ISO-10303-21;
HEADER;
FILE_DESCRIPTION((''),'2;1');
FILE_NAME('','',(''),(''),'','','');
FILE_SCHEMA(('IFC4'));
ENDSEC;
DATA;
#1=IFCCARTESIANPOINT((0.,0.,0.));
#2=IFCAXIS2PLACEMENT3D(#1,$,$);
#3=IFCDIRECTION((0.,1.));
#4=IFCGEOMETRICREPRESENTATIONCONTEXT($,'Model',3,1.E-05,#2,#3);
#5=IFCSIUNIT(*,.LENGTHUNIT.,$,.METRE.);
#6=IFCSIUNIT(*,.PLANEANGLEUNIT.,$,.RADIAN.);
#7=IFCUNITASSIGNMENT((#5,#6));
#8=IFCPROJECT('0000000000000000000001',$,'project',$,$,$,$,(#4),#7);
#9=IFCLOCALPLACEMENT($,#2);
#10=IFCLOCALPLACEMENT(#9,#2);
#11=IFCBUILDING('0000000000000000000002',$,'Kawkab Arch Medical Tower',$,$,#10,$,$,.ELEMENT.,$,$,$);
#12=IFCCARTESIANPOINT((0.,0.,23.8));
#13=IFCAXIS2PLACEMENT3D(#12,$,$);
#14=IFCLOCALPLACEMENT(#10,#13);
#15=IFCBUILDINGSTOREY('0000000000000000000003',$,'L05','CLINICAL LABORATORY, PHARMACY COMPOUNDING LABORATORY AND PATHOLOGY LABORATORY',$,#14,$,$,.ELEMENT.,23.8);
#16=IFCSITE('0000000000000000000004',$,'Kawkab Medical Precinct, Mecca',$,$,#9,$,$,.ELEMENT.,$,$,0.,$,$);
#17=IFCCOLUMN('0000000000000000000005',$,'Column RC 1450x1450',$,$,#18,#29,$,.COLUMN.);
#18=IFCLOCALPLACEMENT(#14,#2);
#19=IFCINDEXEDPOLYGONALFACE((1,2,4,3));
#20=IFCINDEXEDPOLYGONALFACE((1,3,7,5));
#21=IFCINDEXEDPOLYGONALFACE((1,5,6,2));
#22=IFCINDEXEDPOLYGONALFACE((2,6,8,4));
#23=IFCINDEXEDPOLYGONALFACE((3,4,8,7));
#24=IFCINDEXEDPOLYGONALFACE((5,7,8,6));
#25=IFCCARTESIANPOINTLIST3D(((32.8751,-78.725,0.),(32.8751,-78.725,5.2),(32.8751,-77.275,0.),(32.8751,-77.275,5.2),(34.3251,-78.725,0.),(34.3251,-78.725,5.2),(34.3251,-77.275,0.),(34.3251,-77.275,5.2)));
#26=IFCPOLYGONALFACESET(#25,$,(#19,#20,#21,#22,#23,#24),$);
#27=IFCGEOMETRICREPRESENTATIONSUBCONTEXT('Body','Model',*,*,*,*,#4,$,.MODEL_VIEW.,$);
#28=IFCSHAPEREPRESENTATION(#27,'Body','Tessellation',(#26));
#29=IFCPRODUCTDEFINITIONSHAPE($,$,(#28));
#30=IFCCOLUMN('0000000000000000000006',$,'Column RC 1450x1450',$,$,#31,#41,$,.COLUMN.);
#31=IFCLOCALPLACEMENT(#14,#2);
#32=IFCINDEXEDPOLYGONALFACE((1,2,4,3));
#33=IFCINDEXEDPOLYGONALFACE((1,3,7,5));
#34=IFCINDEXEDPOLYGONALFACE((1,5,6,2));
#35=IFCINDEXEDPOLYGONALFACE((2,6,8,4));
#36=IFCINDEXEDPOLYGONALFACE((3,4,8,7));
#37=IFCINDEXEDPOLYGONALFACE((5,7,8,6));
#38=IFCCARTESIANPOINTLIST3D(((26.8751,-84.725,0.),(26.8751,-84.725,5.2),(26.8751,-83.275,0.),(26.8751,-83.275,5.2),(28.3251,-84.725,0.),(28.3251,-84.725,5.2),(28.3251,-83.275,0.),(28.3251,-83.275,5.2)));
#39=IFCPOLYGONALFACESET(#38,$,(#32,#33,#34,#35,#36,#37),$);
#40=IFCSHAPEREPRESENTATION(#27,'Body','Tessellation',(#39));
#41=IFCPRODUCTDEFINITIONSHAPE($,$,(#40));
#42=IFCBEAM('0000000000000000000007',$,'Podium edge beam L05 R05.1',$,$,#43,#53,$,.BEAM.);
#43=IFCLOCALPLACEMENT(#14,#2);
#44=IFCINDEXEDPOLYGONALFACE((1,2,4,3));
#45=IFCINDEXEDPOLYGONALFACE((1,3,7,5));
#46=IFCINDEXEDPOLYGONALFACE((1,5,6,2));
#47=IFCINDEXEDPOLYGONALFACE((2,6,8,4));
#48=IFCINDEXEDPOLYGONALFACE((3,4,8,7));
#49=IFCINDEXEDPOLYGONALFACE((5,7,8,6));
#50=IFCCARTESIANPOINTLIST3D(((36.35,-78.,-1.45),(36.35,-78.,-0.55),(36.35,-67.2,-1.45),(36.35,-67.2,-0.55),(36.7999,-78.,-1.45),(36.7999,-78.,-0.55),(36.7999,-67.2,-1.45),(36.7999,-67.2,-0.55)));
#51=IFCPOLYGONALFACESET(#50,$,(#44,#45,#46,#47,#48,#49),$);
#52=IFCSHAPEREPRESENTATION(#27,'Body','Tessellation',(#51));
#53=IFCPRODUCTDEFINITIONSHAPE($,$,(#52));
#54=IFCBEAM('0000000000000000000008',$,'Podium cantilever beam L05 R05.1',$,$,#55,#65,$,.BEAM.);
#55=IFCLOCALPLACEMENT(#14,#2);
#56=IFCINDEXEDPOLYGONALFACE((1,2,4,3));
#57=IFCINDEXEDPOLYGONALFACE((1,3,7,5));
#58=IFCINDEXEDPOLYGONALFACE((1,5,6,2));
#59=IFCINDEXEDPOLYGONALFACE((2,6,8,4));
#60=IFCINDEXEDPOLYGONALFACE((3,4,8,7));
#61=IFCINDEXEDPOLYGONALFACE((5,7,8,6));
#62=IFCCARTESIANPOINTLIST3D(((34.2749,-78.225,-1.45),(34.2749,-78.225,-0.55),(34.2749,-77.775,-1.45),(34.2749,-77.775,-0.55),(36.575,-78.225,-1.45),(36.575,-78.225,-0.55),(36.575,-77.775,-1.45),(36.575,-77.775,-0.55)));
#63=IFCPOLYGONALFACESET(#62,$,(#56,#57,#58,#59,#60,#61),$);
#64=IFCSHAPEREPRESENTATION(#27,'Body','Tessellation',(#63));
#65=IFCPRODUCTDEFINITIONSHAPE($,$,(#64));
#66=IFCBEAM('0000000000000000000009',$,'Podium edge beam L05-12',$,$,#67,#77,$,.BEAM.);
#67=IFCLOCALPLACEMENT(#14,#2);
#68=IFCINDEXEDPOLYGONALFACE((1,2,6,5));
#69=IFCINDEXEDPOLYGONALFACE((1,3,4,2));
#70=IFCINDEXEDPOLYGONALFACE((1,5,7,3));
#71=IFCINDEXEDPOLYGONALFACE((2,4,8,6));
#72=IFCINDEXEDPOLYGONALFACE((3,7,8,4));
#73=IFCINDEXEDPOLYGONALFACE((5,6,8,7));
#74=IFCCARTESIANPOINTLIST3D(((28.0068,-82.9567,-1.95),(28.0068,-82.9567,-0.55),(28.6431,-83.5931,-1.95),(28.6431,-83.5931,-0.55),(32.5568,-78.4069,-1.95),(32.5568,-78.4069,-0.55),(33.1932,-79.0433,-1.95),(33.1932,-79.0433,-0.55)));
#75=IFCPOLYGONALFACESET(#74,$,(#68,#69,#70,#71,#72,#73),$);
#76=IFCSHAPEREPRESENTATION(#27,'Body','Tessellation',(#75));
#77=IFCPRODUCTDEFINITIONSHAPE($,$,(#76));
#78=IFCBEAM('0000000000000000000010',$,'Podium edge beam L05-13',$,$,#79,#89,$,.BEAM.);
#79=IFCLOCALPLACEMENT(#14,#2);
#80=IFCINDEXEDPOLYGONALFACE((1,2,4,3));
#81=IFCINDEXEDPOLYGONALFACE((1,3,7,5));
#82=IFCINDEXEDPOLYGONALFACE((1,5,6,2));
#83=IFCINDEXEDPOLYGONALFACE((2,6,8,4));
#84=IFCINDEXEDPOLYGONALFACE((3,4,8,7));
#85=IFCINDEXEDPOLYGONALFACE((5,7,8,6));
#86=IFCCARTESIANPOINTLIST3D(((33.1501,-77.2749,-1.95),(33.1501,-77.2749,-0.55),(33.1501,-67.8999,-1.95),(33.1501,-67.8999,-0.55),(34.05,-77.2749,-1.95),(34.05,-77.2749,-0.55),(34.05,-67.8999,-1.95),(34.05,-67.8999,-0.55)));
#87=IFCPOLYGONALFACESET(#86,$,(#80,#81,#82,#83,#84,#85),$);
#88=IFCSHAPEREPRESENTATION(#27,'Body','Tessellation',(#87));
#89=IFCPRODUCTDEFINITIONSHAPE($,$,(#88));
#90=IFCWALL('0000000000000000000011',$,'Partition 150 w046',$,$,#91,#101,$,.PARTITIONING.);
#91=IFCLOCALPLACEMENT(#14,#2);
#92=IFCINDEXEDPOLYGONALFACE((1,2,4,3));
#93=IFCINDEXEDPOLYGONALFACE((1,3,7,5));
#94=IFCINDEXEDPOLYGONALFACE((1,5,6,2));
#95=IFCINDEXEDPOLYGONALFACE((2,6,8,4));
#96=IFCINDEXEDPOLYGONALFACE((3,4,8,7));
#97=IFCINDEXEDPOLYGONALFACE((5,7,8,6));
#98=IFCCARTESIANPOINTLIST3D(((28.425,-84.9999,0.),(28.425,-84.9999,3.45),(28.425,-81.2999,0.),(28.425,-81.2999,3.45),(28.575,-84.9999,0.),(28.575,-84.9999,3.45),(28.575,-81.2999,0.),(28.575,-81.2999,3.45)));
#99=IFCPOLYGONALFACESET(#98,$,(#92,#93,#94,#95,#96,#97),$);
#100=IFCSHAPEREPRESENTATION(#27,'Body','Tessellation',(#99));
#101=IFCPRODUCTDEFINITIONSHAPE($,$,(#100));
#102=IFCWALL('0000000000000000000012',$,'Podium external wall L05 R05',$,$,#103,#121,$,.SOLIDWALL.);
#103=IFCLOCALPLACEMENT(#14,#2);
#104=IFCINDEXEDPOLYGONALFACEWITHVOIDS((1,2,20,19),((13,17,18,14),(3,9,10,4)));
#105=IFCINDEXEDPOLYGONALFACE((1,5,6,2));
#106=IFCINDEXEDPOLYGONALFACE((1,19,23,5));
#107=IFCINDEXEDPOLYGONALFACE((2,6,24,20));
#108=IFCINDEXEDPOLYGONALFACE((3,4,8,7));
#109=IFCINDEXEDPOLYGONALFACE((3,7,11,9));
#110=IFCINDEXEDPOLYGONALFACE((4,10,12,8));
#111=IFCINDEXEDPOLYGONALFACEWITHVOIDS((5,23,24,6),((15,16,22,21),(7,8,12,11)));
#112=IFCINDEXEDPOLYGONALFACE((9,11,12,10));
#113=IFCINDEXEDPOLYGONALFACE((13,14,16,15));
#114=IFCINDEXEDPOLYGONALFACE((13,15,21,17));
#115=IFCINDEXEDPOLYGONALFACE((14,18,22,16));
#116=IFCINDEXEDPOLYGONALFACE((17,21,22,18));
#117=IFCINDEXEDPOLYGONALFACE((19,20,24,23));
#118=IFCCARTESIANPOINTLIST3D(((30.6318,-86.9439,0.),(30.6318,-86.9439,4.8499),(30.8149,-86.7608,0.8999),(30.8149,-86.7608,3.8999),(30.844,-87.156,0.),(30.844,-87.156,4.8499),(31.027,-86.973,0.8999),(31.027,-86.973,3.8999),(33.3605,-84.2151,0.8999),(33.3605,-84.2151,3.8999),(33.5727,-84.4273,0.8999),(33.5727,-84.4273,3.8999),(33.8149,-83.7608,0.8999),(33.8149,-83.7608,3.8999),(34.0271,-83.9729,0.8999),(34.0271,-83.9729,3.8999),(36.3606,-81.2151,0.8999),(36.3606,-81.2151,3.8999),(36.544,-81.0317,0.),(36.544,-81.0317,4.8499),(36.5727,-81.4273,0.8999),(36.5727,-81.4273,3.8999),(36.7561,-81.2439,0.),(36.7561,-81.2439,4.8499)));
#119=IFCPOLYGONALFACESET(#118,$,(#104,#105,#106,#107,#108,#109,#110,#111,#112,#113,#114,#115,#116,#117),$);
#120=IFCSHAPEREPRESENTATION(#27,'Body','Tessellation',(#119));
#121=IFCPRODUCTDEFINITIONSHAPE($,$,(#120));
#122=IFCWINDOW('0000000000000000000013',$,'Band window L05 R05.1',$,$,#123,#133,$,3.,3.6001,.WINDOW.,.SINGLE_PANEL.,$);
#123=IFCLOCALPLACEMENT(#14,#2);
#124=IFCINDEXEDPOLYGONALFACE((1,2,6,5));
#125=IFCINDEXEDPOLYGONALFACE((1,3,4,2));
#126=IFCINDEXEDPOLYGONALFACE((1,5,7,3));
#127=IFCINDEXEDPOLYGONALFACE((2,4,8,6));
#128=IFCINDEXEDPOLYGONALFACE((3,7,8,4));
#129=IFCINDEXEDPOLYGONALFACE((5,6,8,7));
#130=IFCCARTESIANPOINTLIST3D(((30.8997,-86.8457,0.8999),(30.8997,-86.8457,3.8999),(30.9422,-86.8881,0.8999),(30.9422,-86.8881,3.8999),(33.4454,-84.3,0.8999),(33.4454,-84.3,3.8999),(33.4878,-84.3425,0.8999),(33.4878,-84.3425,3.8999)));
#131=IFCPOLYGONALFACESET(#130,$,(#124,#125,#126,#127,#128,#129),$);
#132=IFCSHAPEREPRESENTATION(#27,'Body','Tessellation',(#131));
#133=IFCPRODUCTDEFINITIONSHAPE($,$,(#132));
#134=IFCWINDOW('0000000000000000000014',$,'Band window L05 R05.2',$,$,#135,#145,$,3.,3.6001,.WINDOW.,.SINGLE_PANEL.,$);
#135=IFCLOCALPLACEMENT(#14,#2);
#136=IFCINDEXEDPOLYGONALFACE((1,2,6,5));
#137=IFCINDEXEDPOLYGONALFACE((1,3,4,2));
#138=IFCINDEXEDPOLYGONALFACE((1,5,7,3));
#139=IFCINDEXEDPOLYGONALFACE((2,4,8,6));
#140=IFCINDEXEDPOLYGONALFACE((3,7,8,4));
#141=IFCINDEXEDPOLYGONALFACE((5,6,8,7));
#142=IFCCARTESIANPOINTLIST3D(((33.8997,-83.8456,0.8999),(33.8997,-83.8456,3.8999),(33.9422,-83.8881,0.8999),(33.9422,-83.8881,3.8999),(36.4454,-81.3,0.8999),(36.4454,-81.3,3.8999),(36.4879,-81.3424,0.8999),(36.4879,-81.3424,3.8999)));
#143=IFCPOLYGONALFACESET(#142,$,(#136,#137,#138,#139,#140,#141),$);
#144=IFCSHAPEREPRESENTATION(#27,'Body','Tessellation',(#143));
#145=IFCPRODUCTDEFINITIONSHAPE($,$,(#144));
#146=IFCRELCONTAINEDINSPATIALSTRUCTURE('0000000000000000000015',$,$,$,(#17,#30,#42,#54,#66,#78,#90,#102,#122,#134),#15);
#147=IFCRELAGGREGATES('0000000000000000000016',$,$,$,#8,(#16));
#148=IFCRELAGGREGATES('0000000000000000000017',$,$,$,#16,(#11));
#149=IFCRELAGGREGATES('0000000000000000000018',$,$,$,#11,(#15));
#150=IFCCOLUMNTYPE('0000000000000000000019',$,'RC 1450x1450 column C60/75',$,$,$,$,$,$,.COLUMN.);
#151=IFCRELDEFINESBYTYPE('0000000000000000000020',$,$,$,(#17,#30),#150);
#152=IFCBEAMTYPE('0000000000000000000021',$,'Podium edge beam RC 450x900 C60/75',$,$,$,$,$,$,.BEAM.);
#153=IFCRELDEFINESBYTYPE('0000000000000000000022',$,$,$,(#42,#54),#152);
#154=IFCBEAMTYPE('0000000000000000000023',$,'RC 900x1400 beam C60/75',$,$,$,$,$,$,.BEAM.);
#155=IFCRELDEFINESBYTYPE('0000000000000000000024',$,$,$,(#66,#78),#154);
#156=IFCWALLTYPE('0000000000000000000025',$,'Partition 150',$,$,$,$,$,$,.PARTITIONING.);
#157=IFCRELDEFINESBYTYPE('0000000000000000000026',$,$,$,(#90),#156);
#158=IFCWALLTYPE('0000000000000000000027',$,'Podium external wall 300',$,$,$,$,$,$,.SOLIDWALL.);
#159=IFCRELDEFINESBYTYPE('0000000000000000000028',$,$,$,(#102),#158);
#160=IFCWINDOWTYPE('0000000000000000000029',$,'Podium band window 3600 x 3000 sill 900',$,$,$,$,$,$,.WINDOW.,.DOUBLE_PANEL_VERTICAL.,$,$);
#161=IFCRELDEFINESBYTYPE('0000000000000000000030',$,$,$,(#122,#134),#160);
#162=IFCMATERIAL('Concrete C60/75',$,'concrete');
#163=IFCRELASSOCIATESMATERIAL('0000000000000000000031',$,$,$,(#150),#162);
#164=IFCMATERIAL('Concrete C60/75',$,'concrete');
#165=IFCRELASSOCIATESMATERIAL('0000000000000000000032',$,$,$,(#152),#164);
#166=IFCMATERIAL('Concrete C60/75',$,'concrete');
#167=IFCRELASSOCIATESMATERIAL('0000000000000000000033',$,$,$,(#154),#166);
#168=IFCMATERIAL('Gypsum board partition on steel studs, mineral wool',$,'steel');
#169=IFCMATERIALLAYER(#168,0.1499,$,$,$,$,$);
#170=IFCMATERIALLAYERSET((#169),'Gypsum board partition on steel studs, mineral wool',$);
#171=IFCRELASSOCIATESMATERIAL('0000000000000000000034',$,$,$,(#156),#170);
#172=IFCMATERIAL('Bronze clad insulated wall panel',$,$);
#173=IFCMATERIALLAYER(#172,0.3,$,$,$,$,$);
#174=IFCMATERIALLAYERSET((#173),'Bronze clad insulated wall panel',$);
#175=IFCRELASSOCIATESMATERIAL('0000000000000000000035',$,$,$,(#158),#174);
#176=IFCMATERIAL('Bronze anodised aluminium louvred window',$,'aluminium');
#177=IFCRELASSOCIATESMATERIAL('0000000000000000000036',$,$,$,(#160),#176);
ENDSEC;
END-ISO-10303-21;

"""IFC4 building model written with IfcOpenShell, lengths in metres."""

from ifc_helpers import new_model, si_unit, direction, frame, frame_2d, origin, origin_2d, place, context, subcontext, project, spatial, rectangle, extrude, material, layer, layer_set, material_profile, profile_set, type_object, element, fill, save


model = new_model("IFC4")

# Units and contexts
model_context = context("Model", 3, precision=1e-05, world=origin(), true_north=direction((0.0, 1.0)))
body_context = subcontext(model_context, "Body", "Model", "MODEL_VIEW")
ifc_project = project(units=[si_unit("LENGTHUNIT", "METRE"), si_unit("PLANEANGLEUNIT", "RADIAN")], contexts=[model_context])

# Site, building, storey
site_placement = place(None, origin())
site = spatial("IfcSite", under=ifc_project, at=site_placement, Name="Kawkab Medical Precinct, Mecca", CompositionType="ELEMENT", RefElevation=0.0)
building_placement = place(site_placement, origin())
building = spatial("IfcBuilding", under=site, at=building_placement, Name="Kawkab Arch Medical Tower", CompositionType="ELEMENT")
storey_placement = place(building_placement, frame((0.0, 0.0, 23.8)))
storey = spatial("IfcBuildingStorey", under=building, at=storey_placement, Name="L05", Description="CLINICAL LABORATORY, PHARMACY COMPOUNDING LABORATORY AND PATHOLOGY LABORATORY", CompositionType="ELEMENT", Elevation=23.8)

# Columns
ifc_material_1 = material(Name="Concrete C60/75", Category="concrete")
ifc_material_profile_1 = material_profile(ifc_material_1, rectangle(XDim=1.45, YDim=1.45, at=origin_2d()), Name="RC 1450x1450")
ifc_profile_set_1 = profile_set([ifc_material_profile_1], Name="Concrete C60/75")
column_type = type_object("IfcColumnType", Name="RC 1450x1450 column C60/75", PredefinedType="COLUMN", material=ifc_profile_set_1)
for number, where, z_axis, x_axis, name in (
    (1, (33.6001, -78.0, 0.0), (0.0, 0.0, 1.0), (1.0, 0.0, 0.0), "Column RC 1450x1450"),
    (2, (27.6001, -84.0, 0.0), (0.0, 0.0, 1.0), (1.0, 0.0, 0.0), "Column RC 1450x1450"),
):
    element("IfcColumn", number, at=place(storey_placement, frame(where, z_axis=z_axis, x_axis=x_axis)), inside=storey, type_object=column_type, Name=name, PredefinedType="COLUMN", context=body_context, shape_type="SweptSolid", body=[
        extrude(rectangle(XDim=1.45, YDim=1.45, at=origin_2d()), origin(), (0.0, 0.0, 1.0), 5.2),
    ])

# Beams
ifc_material_2 = material(Name="Concrete C60/75", Category="concrete")
ifc_material_profile_2 = material_profile(ifc_material_2, rectangle(XDim=0.45, YDim=0.8999, at=origin_2d()), Name="RC 450x900")
ifc_profile_set_2 = profile_set([ifc_material_profile_2], Name="Concrete C60/75")
beam_type_1 = type_object("IfcBeamType", Name="Podium edge beam RC 450x900 C60/75", PredefinedType="BEAM", material=ifc_profile_set_2)
beam_1_placement = place(storey_placement, frame((36.575, -78.0, -1.0), z_axis=(0.0, 1.0, 0.0), x_axis=(-1.0, 0.0, 0.0)))
element("IfcBeam", 3, at=beam_1_placement, inside=storey, type_object=beam_type_1, Name="Podium edge beam L05 R05.1", PredefinedType="BEAM", context=body_context, shape_type="SweptSolid", body=[
    extrude(rectangle(XDim=0.45, YDim=0.8999, at=origin_2d()), origin(), (0.0, 0.0, 1.0), 10.8),
])
beam_2_placement = place(storey_placement, frame((34.2749, -78.0, -1.0), z_axis=(1.0, 0.0, 0.0), x_axis=(0.0, 1.0, 0.0)))
element("IfcBeam", 4, at=beam_2_placement, inside=storey, type_object=beam_type_1, Name="Podium cantilever beam L05 R05.1", PredefinedType="BEAM", context=body_context, shape_type="SweptSolid", body=[
    extrude(rectangle(XDim=0.45, YDim=0.8999, at=origin_2d()), origin(), (0.0, 0.0, 1.0), 2.3),
])
ifc_material_3 = material(Name="Concrete C60/75", Category="concrete")
ifc_material_profile_3 = material_profile(ifc_material_3, rectangle(XDim=0.8999, YDim=1.3999, at=origin_2d()), Name="RC 900x1400")
ifc_profile_set_3 = profile_set([ifc_material_profile_3], Name="Concrete C60/75")
beam_type_2 = type_object("IfcBeamType", Name="RC 900x1400 beam C60/75", PredefinedType="BEAM", material=ifc_profile_set_3)
beam_3_placement = place(storey_placement, frame((28.325, -83.2749, -1.25), z_axis=(0.707126, 0.707088, 0.0), x_axis=(-0.707088, 0.707126, 0.0)))
element("IfcBeam", 5, at=beam_3_placement, inside=storey, type_object=beam_type_2, Name="Podium edge beam L05-12", PredefinedType="BEAM", context=body_context, shape_type="SweptSolid", body=[
    extrude(rectangle(XDim=0.8999, YDim=1.3999, at=origin_2d()), origin(), (0.0, 0.0, 1.0), 6.4346),
])
beam_4_placement = place(storey_placement, frame((33.6001, -77.2749, -1.25), z_axis=(0.0, 1.0, 0.0), x_axis=(-1.0, 0.0, 0.0)))
element("IfcBeam", 6, at=beam_4_placement, inside=storey, type_object=beam_type_2, Name="Podium edge beam L05-13", PredefinedType="BEAM", context=body_context, shape_type="SweptSolid", body=[
    extrude(rectangle(XDim=0.8999, YDim=1.3999, at=origin_2d()), origin(), (0.0, 0.0, 1.0), 9.375),
])

# Wall
ifc_material_4 = material(Name="Gypsum board partition on steel studs, mineral wool", Category="steel")
ifc_layer_1 = layer(ifc_material_4, 0.1499)
ifc_layer_set_1 = layer_set([ifc_layer_1], Name="Gypsum board partition on steel studs, mineral wool")
wall_type_1 = type_object("IfcWallType", Name="Partition 150", PredefinedType="PARTITIONING", material=ifc_layer_set_1)
wall_1_placement = place(storey_placement, frame((28.5, -85.0, 0.0), z_axis=(0.0, 0.0, 1.0), x_axis=(0.0, 1.0, 0.0)))
element("IfcWall", 7, at=wall_1_placement, inside=storey, type_object=wall_type_1, Name="Partition 150 w046", PredefinedType="PARTITIONING", context=body_context, shape_type="SweptSolid", body=[
    extrude(rectangle(XDim=3.7, YDim=0.1499, at=frame_2d((1.8501, 0.0))), origin(), (0.0, 0.0, 1.0), 3.45),
])

# Wall, openings, windows
ifc_material_5 = material(Name="Bronze clad insulated wall panel")
ifc_layer_2 = layer(ifc_material_5, 0.3)
ifc_layer_set_2 = layer_set([ifc_layer_2], Name="Bronze clad insulated wall panel")
wall_type_2 = type_object("IfcWallType", Name="Podium external wall 300", PredefinedType="SOLIDWALL", material=ifc_layer_set_2)
wall_2_placement = place(storey_placement, frame((30.7378, -87.05, 0.0), z_axis=(0.0, 0.0, 1.0), x_axis=(0.707107, 0.707107, 0.0)))
wall_2 = element("IfcWall", 8, at=wall_2_placement, inside=storey, type_object=wall_type_2, Name="Podium external wall L05 R05", PredefinedType="SOLIDWALL", context=body_context, shape_type="SweptSolid", body=[
    extrude(rectangle(XDim=8.3611, YDim=0.3, at=frame_2d((4.1807, 0.0))), origin(), (0.0, 0.0, 1.0), 4.8499),
])
opening_1_placement = place(wall_2_placement, frame((0.259, 0.0, 0.8999)))
opening_1 = element("IfcOpeningElement", 9, at=opening_1_placement, cuts=wall_2, PredefinedType="OPENING", context=body_context, shape_type="SweptSolid", body=[
    extrude(rectangle(XDim=3.6001, YDim=3.0, at=frame_2d((1.8, 1.5))), frame((0.0, 0.1599, 0.0), z_axis=(0.0, -1.0, 0.0), x_axis=(1.0, 0.0, 0.0)), (0.0, 0.0, 1.0), 0.3201),
])
opening_2_placement = place(wall_2_placement, frame((4.5017, 0.0, 0.8999)))
opening_2 = element("IfcOpeningElement", 10, at=opening_2_placement, cuts=wall_2, PredefinedType="OPENING", context=body_context, shape_type="SweptSolid", body=[
    extrude(rectangle(XDim=3.6001, YDim=3.0, at=frame_2d((1.8, 1.5))), frame((0.0, 0.1599, 0.0), z_axis=(0.0, -1.0, 0.0), x_axis=(1.0, 0.0, 0.0)), (0.0, 0.0, 1.0), 0.3201),
])
ifc_material_6 = material(Name="Bronze anodised aluminium louvred window", Category="aluminium")
window_type_1 = type_object("IfcWindowType", Name="Podium band window 3600 x 3000 sill 900", PartitioningType="DOUBLE_PANEL_VERTICAL", PredefinedType="WINDOW", material=ifc_material_6)
window_1_placement = place(opening_1_placement, origin())
window_1 = element("IfcWindow", 11, at=window_1_placement, inside=storey, type_object=window_type_1, Name="Band window L05 R05.1", OverallHeight=3.0, OverallWidth=3.6001, PartitioningType="SINGLE_PANEL", PredefinedType="WINDOW", context=body_context, shape_type="SweptSolid", body=[
    extrude(rectangle(XDim=3.6001, YDim=3.0, at=frame_2d((1.8, 1.5))), frame((0.0, 0.03, 0.0), z_axis=(0.0, -1.0, 0.0), x_axis=(1.0, 0.0, 0.0)), (0.0, 0.0, 1.0), 0.0601),
])
fill(opening_1, window_1)
window_2_placement = place(opening_2_placement, origin())
window_2 = element("IfcWindow", 12, at=window_2_placement, inside=storey, type_object=window_type_1, Name="Band window L05 R05.2", OverallHeight=3.0, OverallWidth=3.6001, PartitioningType="SINGLE_PANEL", PredefinedType="WINDOW", context=body_context, shape_type="SweptSolid", body=[
    extrude(rectangle(XDim=3.6001, YDim=3.0, at=frame_2d((1.8, 1.5))), frame((0.0, 0.03, 0.0), z_axis=(0.0, -1.0, 0.0), x_axis=(1.0, 0.0, 0.0)), (0.0, 0.0, 1.0), 0.0601),
])
fill(opening_2, window_2)

save(model, "model.ifc")
